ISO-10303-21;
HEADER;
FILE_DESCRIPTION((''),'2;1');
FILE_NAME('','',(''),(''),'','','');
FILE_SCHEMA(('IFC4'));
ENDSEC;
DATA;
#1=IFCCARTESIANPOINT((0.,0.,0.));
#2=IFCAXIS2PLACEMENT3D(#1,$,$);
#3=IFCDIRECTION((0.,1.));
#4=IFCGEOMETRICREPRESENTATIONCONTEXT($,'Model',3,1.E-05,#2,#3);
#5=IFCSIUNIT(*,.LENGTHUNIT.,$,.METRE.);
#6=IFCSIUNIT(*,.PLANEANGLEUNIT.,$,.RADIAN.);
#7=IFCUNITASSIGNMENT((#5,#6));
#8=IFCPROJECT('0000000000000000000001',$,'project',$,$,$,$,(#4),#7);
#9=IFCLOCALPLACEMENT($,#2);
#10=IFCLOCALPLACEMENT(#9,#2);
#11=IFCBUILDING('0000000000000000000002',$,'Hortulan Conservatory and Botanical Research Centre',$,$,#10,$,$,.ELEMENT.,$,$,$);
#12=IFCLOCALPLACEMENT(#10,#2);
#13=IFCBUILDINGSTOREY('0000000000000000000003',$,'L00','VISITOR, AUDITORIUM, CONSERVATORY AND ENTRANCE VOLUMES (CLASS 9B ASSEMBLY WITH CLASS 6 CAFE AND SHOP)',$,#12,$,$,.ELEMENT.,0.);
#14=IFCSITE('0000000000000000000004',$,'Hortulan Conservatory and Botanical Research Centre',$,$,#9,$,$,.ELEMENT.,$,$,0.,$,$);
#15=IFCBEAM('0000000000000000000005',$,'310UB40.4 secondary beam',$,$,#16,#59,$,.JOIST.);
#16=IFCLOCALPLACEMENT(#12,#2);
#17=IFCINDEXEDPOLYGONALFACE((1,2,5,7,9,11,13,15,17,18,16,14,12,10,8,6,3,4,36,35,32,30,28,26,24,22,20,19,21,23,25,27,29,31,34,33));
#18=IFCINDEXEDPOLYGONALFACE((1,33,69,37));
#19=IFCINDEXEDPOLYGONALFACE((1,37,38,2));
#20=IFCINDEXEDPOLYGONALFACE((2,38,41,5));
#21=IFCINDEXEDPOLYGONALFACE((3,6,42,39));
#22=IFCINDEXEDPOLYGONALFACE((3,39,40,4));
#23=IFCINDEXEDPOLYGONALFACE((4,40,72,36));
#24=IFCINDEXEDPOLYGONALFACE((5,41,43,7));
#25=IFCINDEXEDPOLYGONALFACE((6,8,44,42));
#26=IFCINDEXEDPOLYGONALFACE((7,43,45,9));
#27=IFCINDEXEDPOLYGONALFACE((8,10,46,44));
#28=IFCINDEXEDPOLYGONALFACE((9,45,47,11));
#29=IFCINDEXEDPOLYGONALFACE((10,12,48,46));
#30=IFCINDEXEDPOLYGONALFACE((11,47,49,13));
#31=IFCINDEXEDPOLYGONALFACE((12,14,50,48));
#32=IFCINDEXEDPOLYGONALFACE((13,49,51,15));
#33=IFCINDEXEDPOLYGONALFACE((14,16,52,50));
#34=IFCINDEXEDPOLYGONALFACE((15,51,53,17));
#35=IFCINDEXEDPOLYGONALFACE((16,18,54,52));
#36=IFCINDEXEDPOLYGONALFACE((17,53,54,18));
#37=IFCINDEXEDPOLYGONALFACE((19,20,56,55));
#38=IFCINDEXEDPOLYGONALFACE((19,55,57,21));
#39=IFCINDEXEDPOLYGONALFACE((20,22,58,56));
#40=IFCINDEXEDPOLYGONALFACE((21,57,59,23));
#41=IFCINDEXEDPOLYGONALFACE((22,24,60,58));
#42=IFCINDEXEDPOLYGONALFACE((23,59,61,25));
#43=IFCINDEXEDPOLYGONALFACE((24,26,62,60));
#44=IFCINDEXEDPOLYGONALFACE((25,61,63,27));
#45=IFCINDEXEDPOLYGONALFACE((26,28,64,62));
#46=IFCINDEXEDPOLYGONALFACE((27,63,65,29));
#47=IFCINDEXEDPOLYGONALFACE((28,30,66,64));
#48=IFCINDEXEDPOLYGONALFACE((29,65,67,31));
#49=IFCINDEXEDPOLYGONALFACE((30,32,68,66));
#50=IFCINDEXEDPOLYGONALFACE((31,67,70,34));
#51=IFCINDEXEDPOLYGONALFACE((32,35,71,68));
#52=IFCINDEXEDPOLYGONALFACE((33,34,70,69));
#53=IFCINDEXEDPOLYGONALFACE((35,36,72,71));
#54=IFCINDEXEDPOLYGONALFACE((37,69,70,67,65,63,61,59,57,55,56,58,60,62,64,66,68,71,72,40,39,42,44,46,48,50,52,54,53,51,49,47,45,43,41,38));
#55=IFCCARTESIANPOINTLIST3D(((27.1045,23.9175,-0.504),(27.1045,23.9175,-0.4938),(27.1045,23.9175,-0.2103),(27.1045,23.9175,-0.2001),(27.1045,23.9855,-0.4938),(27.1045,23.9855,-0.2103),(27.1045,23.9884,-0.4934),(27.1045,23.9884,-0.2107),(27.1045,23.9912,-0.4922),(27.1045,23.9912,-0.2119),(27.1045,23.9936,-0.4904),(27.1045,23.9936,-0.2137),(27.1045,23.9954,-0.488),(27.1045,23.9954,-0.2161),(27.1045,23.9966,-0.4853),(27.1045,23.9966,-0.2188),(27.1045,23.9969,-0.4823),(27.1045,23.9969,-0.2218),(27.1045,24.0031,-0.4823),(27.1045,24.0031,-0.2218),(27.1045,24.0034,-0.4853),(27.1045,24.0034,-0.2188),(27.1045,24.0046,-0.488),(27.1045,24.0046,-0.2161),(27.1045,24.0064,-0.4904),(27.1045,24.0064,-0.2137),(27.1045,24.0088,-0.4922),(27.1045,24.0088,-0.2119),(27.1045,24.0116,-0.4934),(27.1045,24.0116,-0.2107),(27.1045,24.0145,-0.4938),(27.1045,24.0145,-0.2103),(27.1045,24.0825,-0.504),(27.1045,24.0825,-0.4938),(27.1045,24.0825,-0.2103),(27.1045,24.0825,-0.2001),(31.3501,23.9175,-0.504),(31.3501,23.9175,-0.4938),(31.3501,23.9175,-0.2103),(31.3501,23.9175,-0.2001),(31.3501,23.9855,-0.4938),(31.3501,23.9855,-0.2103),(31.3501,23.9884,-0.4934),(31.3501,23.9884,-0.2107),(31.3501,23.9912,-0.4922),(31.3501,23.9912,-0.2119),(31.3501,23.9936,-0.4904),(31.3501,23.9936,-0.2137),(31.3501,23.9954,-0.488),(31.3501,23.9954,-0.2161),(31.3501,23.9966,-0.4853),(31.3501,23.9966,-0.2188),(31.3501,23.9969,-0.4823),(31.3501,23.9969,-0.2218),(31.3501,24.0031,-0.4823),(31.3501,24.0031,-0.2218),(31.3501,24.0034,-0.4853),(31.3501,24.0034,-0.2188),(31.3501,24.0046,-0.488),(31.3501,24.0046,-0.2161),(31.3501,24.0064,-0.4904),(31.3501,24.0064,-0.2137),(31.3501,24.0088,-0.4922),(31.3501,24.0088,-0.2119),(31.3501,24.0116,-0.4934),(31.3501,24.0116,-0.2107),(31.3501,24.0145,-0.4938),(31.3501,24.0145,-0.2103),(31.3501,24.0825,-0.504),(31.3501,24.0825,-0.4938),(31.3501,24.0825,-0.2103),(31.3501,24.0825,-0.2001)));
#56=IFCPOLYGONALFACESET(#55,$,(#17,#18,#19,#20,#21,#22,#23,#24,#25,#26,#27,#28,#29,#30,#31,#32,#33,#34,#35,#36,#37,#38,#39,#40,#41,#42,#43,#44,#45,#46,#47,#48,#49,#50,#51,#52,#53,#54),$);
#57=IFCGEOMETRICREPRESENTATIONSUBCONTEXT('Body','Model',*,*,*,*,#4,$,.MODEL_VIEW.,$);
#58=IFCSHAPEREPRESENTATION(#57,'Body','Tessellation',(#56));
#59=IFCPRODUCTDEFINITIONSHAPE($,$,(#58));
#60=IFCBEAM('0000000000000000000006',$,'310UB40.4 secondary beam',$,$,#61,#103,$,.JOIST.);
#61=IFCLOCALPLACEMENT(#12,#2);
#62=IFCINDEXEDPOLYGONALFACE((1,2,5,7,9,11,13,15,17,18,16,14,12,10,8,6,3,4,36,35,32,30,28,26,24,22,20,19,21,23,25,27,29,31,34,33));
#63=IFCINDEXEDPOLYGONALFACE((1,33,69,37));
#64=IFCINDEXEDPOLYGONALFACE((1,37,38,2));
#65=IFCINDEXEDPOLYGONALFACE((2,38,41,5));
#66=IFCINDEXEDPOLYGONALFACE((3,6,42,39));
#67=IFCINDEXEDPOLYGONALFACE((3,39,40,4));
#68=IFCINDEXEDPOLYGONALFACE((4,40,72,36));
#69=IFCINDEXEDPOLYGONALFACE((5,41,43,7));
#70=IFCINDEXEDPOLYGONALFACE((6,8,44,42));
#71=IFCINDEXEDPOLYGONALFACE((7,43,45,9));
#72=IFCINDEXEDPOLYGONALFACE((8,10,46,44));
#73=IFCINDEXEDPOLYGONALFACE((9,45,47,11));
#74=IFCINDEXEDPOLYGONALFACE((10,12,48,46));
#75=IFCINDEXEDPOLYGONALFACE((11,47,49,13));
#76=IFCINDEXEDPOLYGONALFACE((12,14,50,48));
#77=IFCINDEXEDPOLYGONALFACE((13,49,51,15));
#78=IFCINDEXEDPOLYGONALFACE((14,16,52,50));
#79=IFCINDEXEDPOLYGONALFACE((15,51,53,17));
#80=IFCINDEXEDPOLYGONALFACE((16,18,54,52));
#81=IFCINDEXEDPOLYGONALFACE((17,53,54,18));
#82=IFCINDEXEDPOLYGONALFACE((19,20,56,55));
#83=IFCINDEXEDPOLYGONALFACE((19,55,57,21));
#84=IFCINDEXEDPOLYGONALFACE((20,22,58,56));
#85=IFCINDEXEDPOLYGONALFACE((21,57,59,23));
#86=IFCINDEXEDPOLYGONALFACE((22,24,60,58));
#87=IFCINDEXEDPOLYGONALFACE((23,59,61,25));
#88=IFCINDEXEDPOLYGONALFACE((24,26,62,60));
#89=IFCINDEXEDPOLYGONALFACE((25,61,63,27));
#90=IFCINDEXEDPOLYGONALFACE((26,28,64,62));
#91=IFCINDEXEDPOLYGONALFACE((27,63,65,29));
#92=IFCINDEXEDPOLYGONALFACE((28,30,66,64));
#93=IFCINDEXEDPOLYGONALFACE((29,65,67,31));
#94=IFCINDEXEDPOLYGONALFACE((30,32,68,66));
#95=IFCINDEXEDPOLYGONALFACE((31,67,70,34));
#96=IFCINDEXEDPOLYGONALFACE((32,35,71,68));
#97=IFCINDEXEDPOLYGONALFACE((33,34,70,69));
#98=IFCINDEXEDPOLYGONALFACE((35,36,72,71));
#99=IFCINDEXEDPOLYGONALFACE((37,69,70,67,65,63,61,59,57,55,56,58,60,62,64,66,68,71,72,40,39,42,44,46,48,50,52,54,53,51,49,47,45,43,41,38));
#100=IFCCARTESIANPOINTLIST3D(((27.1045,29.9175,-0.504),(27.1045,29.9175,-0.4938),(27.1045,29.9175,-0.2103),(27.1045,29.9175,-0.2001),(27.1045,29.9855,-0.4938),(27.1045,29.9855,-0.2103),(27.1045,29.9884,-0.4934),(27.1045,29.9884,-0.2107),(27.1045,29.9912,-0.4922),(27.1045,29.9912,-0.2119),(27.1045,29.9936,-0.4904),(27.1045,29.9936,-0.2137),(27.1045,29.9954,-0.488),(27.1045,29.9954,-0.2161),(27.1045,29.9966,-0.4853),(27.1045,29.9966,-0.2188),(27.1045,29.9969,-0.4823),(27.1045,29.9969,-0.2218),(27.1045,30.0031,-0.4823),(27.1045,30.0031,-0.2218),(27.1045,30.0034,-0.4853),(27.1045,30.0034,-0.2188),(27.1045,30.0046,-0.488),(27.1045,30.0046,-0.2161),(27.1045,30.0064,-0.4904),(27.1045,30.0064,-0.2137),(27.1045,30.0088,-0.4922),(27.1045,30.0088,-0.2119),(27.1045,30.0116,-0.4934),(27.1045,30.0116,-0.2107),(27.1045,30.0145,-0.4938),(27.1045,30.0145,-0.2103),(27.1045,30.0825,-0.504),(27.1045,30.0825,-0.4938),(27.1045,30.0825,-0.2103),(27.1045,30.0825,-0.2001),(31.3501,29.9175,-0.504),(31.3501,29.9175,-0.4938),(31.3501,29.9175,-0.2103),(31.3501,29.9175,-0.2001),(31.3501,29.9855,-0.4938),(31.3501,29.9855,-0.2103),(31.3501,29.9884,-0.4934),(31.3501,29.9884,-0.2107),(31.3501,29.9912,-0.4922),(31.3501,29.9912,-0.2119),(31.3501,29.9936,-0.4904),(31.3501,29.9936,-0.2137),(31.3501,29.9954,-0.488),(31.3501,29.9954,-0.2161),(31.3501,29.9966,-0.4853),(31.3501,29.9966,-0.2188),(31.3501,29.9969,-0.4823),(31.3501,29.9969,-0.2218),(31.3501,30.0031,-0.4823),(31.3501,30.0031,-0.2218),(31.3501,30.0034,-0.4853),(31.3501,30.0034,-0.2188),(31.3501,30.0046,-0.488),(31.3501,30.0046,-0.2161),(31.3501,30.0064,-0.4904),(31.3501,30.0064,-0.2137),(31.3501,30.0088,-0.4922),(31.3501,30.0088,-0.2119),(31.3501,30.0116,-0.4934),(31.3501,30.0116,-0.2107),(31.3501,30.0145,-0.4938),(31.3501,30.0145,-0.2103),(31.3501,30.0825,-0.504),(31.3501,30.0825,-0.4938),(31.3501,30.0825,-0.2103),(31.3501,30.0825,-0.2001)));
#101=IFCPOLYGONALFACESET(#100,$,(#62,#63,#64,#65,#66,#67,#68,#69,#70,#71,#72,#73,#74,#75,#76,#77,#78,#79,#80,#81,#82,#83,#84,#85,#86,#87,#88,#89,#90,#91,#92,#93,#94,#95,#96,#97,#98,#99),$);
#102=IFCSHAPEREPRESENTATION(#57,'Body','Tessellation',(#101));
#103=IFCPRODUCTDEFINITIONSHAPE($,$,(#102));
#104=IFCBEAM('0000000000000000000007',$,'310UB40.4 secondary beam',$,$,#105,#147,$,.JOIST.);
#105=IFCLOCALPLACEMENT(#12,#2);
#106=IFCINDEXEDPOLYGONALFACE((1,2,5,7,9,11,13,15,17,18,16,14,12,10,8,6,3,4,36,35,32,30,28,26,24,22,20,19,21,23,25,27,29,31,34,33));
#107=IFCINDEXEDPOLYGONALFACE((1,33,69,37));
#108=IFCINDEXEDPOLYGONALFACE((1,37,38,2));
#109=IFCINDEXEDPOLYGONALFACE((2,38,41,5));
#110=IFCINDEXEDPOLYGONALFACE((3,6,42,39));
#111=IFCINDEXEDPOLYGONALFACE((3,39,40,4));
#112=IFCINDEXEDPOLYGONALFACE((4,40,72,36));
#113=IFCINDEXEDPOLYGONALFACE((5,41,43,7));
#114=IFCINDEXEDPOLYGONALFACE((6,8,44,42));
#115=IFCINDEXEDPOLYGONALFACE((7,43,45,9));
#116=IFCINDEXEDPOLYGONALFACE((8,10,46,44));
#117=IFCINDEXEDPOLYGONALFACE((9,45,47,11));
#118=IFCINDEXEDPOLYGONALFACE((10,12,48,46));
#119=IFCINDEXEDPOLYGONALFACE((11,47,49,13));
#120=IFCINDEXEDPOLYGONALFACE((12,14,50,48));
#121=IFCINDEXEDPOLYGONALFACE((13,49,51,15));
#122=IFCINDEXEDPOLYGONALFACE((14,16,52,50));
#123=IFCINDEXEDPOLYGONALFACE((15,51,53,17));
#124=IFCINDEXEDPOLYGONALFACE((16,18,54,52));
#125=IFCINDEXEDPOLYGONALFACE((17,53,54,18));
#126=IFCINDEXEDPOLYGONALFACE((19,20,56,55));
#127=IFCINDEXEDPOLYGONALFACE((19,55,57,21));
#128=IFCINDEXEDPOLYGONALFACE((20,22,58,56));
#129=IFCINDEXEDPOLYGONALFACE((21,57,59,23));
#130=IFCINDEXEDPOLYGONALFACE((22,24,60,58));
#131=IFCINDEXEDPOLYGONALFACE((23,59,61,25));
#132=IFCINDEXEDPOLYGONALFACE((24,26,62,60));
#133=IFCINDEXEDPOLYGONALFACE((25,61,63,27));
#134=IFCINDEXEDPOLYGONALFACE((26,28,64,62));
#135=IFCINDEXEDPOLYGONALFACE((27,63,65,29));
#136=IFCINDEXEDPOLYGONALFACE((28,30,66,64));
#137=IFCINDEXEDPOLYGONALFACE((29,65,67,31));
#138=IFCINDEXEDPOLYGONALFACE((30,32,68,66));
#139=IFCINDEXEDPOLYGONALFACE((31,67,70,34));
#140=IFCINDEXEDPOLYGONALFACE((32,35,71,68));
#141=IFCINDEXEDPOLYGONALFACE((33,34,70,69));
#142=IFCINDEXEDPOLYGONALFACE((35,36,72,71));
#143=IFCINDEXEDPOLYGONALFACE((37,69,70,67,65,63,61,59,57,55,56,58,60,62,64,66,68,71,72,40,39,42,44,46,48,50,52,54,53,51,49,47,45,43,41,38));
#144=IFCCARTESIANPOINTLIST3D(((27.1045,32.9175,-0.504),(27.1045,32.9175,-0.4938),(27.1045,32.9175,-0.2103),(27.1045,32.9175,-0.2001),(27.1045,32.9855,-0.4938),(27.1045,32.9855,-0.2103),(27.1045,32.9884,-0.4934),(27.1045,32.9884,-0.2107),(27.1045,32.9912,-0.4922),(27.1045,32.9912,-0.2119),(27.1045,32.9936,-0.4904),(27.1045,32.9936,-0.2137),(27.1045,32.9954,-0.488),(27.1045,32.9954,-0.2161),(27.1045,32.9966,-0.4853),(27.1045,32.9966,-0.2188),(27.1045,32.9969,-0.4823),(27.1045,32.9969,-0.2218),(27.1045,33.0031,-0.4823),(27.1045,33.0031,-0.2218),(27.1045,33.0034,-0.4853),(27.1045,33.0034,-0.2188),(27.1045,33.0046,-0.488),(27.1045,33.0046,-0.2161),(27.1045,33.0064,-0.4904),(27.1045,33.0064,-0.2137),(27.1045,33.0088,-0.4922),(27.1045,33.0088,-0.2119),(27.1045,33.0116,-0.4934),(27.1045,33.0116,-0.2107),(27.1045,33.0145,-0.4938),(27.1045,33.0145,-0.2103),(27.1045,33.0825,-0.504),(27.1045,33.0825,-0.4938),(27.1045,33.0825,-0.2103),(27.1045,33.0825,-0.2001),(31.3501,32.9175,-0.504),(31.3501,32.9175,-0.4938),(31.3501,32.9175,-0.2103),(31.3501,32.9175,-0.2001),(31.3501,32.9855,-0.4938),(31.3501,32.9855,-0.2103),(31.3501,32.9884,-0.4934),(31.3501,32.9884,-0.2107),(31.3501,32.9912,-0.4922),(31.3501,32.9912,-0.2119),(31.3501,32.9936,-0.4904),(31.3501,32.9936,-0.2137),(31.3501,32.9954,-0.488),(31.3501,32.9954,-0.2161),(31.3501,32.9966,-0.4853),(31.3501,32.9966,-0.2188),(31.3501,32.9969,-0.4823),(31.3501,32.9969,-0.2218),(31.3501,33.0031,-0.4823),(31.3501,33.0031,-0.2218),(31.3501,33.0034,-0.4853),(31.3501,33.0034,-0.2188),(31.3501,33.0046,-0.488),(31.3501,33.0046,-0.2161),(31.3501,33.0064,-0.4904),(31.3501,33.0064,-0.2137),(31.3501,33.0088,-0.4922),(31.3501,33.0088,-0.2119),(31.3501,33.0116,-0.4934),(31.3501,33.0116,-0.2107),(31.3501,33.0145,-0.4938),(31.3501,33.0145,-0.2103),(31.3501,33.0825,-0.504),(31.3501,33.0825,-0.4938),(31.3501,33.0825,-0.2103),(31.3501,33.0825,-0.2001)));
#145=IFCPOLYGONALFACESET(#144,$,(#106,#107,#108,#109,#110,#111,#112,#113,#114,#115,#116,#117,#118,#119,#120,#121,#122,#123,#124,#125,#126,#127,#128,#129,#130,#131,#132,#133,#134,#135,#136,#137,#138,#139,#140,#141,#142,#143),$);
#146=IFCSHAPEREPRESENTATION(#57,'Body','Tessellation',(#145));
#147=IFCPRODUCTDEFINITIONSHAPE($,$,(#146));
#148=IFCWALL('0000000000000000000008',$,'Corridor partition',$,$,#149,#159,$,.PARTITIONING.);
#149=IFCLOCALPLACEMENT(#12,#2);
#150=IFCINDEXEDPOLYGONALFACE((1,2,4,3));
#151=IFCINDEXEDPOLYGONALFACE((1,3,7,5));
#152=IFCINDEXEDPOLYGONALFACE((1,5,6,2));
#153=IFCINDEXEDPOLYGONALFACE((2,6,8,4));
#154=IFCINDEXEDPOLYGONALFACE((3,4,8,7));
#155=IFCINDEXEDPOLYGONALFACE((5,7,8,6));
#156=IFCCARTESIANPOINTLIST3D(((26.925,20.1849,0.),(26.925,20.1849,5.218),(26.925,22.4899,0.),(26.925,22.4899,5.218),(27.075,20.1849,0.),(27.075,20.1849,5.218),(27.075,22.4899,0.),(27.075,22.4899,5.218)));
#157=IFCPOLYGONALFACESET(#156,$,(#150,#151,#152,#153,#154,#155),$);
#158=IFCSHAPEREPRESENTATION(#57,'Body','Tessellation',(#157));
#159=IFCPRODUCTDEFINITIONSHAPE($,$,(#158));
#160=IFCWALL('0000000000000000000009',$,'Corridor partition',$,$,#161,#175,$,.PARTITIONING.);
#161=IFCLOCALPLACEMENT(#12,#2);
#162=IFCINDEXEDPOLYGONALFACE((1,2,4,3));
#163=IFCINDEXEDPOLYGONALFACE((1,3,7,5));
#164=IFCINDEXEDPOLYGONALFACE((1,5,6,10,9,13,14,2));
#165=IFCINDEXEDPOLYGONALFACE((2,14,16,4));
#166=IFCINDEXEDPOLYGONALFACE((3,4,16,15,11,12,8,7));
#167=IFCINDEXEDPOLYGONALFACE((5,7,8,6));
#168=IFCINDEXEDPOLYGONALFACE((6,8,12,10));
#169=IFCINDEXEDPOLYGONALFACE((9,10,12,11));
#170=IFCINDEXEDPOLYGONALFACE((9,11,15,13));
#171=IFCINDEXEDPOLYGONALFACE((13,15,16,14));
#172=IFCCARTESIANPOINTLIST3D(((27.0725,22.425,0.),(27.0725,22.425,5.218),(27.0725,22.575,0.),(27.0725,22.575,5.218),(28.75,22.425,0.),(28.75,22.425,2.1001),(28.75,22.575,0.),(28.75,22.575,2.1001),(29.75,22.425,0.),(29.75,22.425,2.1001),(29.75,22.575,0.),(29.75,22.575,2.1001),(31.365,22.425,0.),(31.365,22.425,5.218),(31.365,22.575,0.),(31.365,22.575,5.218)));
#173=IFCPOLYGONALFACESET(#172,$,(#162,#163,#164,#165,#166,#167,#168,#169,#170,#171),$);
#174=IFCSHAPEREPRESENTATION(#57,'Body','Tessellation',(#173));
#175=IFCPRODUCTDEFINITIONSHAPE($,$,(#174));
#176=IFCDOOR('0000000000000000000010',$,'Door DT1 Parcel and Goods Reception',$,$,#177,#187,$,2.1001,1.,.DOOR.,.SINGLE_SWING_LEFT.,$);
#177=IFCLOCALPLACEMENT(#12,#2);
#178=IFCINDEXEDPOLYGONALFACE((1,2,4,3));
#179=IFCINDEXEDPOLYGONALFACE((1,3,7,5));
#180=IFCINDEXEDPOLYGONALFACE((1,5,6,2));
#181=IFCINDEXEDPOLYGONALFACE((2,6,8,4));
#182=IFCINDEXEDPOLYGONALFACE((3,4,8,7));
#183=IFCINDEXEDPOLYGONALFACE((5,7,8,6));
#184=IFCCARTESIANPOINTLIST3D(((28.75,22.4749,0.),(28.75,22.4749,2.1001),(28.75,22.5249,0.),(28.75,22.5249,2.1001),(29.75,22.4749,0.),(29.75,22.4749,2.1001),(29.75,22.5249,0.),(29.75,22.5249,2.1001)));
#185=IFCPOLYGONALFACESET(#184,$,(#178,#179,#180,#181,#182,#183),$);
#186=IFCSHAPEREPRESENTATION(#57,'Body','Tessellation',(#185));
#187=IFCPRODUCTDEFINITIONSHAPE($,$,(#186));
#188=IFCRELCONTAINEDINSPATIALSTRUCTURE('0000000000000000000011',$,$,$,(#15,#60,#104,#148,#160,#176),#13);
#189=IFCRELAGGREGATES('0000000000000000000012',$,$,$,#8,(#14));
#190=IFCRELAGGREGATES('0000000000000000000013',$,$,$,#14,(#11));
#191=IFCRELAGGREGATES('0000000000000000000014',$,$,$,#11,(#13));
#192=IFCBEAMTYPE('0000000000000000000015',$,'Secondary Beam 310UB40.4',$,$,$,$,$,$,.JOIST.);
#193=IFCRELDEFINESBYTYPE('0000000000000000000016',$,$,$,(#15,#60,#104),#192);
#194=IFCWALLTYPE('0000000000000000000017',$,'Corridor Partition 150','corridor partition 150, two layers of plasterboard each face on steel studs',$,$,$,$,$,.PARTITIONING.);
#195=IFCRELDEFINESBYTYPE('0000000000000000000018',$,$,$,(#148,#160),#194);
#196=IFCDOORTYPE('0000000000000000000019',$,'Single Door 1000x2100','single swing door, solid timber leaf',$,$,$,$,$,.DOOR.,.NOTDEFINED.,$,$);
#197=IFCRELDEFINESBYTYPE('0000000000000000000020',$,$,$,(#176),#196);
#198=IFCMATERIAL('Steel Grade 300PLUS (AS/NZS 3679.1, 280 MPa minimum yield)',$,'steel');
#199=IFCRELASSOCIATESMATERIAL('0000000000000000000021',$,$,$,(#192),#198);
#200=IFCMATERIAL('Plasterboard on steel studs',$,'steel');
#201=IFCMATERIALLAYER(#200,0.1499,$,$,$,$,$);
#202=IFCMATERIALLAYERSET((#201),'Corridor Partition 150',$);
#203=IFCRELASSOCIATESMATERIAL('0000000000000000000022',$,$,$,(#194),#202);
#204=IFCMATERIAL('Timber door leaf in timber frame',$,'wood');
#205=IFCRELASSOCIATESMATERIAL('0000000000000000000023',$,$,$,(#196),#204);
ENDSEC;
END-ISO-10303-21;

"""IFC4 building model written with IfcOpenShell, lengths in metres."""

from ifc_helpers import new_model, si_unit, direction, frame, frame_2d, origin, origin_2d, place, context, subcontext, project, spatial, rectangle, i_section, extrude, material, layer, layer_set, material_profile, profile_set, type_object, element, fill, save


model = new_model("IFC4")

# Units and contexts
model_context = context("Model", 3, precision=1e-05, world=origin(), true_north=direction((0.0, 1.0)))
body_context = subcontext(model_context, "Body", "Model", "MODEL_VIEW")
ifc_project = project(units=[si_unit("LENGTHUNIT", "METRE"), si_unit("PLANEANGLEUNIT", "RADIAN")], contexts=[model_context])

# Site, building, storey
site_placement = place(None, origin())
site = spatial("IfcSite", under=ifc_project, at=site_placement, Name="Hortulan Conservatory and Botanical Research Centre", CompositionType="ELEMENT", RefElevation=0.0)
building_placement = place(site_placement, origin())
building = spatial("IfcBuilding", under=site, at=building_placement, Name="Hortulan Conservatory and Botanical Research Centre", CompositionType="ELEMENT")
storey_placement = place(building_placement, origin())
storey = spatial("IfcBuildingStorey", under=building, at=storey_placement, Name="L00", Description="VISITOR, AUDITORIUM, CONSERVATORY AND ENTRANCE VOLUMES (CLASS 9B ASSEMBLY WITH CLASS 6 CAFE AND SHOP)", CompositionType="ELEMENT", Elevation=0.0)

# Beams
ifc_material_1 = material(Name="Steel Grade 300PLUS (AS/NZS 3679.1, 280 MPa minimum yield)", Category="steel")
ifc_material_profile_1 = material_profile(ifc_material_1, i_section(OverallWidth=0.165, OverallDepth=0.304, WebThickness=0.0061, FlangeThickness=0.0103, FilletRadius=0.0115, at=origin_2d()), Name="310UB40.4")
ifc_profile_set_1 = profile_set([ifc_material_profile_1], Name="Steel Grade 300PLUS (AS/NZS 3679.1, 280 MPa minimum yield)")
beam_type_1 = type_object("IfcBeamType", Name="Secondary Beam 310UB40.4", PredefinedType="JOIST", material=ifc_profile_set_1)
for number, where, z_axis, x_axis, name in (
    (1, (27.1045, 24.0, -0.3521), (1.0, 0.0, 0.0), (0.0, 1.0, 0.0), "310UB40.4 secondary beam"),
    (2, (27.1045, 30.0, -0.3521), (1.0, 0.0, 0.0), (0.0, 1.0, 0.0), "310UB40.4 secondary beam"),
    (3, (27.1045, 33.0, -0.3521), (1.0, 0.0, 0.0), (0.0, 1.0, 0.0), "310UB40.4 secondary beam"),
):
    element("IfcBeam", number, at=place(storey_placement, frame(where, z_axis=z_axis, x_axis=x_axis)), inside=storey, type_object=beam_type_1, Name=name, PredefinedType="JOIST", context=body_context, shape_type="SweptSolid", body=[
        extrude(i_section(OverallWidth=0.165, OverallDepth=0.304, WebThickness=0.0061, FlangeThickness=0.0103, FilletRadius=0.0115, at=origin_2d()), origin(), (0.0, 0.0, 1.0), 4.2456),
    ])

# Wall
ifc_material_2 = material(Name="Plasterboard on steel studs", Category="steel")
ifc_layer_1 = layer(ifc_material_2, 0.1499)
ifc_layer_set_1 = layer_set([ifc_layer_1], Name="Corridor Partition 150")
wall_type_1 = type_object("IfcWallType", Name="Corridor Partition 150", Description="corridor partition 150, two layers of plasterboard each face on steel studs", PredefinedType="PARTITIONING", material=ifc_layer_set_1)
wall_1_placement = place(storey_placement, frame((27.0, 20.1851, 0.0), z_axis=(0.0, 0.0, 1.0), x_axis=(0.0, 1.0, 0.0)))
element("IfcWall", 4, at=wall_1_placement, inside=storey, type_object=wall_type_1, Name="Corridor partition", PredefinedType="PARTITIONING", context=body_context, shape_type="SweptSolid", body=[
    extrude(rectangle(XDim=2.3049, YDim=0.1499, at=frame_2d((1.1523, 0.0))), origin(), (0.0, 0.0, 1.0), 5.218),
])

# Wall, opening, door
wall_2_placement = place(storey_placement, frame((27.0725, 22.5, 0.0), z_axis=(0.0, 0.0, 1.0), x_axis=(1.0, 0.0, 0.0)))
wall_2 = element("IfcWall", 5, at=wall_2_placement, inside=storey, type_object=wall_type_1, Name="Corridor partition", PredefinedType="PARTITIONING", context=body_context, shape_type="SweptSolid", body=[
    extrude(rectangle(XDim=4.2925, YDim=0.1499, at=frame_2d((2.1462, 0.0))), origin(), (0.0, 0.0, 1.0), 5.218),
])
opening_placement = place(wall_2_placement, frame((1.6775, 0.0, 0.0)))
opening = element("IfcOpeningElement", 6, at=opening_placement, cuts=wall_2, PredefinedType="OPENING", context=body_context, shape_type="SweptSolid", body=[
    extrude(rectangle(XDim=1.0, YDim=2.1001, at=frame_2d((0.5, 1.05))), frame((0.0, 0.085, 0.0), z_axis=(0.0, -1.0, 0.0), x_axis=(1.0, 0.0, 0.0)), (0.0, 0.0, 1.0), 0.1699),
])
ifc_material_3 = material(Name="Timber door leaf in timber frame", Category="wood")
door_type = type_object("IfcDoorType", Name="Single Door 1000x2100", Description="single swing door, solid timber leaf", OperationType="NOTDEFINED", PredefinedType="DOOR", material=ifc_material_3)
door_placement = place(opening_placement, origin())
door = element("IfcDoor", 7, at=door_placement, inside=storey, type_object=door_type, Name="Door DT1 Parcel and Goods Reception", OperationType="SINGLE_SWING_LEFT", OverallHeight=2.1001, OverallWidth=1.0, PredefinedType="DOOR", context=body_context, shape_type="SweptSolid", body=[
    extrude(rectangle(XDim=1.0, YDim=2.1001, at=frame_2d((0.5, 1.05))), frame((0.0, 0.0249, 0.0), z_axis=(0.0, -1.0, 0.0), x_axis=(1.0, 0.0, 0.0)), (0.0, 0.0, 1.0), 0.05),
])
fill(opening, door)

save(model, "model.ifc")
